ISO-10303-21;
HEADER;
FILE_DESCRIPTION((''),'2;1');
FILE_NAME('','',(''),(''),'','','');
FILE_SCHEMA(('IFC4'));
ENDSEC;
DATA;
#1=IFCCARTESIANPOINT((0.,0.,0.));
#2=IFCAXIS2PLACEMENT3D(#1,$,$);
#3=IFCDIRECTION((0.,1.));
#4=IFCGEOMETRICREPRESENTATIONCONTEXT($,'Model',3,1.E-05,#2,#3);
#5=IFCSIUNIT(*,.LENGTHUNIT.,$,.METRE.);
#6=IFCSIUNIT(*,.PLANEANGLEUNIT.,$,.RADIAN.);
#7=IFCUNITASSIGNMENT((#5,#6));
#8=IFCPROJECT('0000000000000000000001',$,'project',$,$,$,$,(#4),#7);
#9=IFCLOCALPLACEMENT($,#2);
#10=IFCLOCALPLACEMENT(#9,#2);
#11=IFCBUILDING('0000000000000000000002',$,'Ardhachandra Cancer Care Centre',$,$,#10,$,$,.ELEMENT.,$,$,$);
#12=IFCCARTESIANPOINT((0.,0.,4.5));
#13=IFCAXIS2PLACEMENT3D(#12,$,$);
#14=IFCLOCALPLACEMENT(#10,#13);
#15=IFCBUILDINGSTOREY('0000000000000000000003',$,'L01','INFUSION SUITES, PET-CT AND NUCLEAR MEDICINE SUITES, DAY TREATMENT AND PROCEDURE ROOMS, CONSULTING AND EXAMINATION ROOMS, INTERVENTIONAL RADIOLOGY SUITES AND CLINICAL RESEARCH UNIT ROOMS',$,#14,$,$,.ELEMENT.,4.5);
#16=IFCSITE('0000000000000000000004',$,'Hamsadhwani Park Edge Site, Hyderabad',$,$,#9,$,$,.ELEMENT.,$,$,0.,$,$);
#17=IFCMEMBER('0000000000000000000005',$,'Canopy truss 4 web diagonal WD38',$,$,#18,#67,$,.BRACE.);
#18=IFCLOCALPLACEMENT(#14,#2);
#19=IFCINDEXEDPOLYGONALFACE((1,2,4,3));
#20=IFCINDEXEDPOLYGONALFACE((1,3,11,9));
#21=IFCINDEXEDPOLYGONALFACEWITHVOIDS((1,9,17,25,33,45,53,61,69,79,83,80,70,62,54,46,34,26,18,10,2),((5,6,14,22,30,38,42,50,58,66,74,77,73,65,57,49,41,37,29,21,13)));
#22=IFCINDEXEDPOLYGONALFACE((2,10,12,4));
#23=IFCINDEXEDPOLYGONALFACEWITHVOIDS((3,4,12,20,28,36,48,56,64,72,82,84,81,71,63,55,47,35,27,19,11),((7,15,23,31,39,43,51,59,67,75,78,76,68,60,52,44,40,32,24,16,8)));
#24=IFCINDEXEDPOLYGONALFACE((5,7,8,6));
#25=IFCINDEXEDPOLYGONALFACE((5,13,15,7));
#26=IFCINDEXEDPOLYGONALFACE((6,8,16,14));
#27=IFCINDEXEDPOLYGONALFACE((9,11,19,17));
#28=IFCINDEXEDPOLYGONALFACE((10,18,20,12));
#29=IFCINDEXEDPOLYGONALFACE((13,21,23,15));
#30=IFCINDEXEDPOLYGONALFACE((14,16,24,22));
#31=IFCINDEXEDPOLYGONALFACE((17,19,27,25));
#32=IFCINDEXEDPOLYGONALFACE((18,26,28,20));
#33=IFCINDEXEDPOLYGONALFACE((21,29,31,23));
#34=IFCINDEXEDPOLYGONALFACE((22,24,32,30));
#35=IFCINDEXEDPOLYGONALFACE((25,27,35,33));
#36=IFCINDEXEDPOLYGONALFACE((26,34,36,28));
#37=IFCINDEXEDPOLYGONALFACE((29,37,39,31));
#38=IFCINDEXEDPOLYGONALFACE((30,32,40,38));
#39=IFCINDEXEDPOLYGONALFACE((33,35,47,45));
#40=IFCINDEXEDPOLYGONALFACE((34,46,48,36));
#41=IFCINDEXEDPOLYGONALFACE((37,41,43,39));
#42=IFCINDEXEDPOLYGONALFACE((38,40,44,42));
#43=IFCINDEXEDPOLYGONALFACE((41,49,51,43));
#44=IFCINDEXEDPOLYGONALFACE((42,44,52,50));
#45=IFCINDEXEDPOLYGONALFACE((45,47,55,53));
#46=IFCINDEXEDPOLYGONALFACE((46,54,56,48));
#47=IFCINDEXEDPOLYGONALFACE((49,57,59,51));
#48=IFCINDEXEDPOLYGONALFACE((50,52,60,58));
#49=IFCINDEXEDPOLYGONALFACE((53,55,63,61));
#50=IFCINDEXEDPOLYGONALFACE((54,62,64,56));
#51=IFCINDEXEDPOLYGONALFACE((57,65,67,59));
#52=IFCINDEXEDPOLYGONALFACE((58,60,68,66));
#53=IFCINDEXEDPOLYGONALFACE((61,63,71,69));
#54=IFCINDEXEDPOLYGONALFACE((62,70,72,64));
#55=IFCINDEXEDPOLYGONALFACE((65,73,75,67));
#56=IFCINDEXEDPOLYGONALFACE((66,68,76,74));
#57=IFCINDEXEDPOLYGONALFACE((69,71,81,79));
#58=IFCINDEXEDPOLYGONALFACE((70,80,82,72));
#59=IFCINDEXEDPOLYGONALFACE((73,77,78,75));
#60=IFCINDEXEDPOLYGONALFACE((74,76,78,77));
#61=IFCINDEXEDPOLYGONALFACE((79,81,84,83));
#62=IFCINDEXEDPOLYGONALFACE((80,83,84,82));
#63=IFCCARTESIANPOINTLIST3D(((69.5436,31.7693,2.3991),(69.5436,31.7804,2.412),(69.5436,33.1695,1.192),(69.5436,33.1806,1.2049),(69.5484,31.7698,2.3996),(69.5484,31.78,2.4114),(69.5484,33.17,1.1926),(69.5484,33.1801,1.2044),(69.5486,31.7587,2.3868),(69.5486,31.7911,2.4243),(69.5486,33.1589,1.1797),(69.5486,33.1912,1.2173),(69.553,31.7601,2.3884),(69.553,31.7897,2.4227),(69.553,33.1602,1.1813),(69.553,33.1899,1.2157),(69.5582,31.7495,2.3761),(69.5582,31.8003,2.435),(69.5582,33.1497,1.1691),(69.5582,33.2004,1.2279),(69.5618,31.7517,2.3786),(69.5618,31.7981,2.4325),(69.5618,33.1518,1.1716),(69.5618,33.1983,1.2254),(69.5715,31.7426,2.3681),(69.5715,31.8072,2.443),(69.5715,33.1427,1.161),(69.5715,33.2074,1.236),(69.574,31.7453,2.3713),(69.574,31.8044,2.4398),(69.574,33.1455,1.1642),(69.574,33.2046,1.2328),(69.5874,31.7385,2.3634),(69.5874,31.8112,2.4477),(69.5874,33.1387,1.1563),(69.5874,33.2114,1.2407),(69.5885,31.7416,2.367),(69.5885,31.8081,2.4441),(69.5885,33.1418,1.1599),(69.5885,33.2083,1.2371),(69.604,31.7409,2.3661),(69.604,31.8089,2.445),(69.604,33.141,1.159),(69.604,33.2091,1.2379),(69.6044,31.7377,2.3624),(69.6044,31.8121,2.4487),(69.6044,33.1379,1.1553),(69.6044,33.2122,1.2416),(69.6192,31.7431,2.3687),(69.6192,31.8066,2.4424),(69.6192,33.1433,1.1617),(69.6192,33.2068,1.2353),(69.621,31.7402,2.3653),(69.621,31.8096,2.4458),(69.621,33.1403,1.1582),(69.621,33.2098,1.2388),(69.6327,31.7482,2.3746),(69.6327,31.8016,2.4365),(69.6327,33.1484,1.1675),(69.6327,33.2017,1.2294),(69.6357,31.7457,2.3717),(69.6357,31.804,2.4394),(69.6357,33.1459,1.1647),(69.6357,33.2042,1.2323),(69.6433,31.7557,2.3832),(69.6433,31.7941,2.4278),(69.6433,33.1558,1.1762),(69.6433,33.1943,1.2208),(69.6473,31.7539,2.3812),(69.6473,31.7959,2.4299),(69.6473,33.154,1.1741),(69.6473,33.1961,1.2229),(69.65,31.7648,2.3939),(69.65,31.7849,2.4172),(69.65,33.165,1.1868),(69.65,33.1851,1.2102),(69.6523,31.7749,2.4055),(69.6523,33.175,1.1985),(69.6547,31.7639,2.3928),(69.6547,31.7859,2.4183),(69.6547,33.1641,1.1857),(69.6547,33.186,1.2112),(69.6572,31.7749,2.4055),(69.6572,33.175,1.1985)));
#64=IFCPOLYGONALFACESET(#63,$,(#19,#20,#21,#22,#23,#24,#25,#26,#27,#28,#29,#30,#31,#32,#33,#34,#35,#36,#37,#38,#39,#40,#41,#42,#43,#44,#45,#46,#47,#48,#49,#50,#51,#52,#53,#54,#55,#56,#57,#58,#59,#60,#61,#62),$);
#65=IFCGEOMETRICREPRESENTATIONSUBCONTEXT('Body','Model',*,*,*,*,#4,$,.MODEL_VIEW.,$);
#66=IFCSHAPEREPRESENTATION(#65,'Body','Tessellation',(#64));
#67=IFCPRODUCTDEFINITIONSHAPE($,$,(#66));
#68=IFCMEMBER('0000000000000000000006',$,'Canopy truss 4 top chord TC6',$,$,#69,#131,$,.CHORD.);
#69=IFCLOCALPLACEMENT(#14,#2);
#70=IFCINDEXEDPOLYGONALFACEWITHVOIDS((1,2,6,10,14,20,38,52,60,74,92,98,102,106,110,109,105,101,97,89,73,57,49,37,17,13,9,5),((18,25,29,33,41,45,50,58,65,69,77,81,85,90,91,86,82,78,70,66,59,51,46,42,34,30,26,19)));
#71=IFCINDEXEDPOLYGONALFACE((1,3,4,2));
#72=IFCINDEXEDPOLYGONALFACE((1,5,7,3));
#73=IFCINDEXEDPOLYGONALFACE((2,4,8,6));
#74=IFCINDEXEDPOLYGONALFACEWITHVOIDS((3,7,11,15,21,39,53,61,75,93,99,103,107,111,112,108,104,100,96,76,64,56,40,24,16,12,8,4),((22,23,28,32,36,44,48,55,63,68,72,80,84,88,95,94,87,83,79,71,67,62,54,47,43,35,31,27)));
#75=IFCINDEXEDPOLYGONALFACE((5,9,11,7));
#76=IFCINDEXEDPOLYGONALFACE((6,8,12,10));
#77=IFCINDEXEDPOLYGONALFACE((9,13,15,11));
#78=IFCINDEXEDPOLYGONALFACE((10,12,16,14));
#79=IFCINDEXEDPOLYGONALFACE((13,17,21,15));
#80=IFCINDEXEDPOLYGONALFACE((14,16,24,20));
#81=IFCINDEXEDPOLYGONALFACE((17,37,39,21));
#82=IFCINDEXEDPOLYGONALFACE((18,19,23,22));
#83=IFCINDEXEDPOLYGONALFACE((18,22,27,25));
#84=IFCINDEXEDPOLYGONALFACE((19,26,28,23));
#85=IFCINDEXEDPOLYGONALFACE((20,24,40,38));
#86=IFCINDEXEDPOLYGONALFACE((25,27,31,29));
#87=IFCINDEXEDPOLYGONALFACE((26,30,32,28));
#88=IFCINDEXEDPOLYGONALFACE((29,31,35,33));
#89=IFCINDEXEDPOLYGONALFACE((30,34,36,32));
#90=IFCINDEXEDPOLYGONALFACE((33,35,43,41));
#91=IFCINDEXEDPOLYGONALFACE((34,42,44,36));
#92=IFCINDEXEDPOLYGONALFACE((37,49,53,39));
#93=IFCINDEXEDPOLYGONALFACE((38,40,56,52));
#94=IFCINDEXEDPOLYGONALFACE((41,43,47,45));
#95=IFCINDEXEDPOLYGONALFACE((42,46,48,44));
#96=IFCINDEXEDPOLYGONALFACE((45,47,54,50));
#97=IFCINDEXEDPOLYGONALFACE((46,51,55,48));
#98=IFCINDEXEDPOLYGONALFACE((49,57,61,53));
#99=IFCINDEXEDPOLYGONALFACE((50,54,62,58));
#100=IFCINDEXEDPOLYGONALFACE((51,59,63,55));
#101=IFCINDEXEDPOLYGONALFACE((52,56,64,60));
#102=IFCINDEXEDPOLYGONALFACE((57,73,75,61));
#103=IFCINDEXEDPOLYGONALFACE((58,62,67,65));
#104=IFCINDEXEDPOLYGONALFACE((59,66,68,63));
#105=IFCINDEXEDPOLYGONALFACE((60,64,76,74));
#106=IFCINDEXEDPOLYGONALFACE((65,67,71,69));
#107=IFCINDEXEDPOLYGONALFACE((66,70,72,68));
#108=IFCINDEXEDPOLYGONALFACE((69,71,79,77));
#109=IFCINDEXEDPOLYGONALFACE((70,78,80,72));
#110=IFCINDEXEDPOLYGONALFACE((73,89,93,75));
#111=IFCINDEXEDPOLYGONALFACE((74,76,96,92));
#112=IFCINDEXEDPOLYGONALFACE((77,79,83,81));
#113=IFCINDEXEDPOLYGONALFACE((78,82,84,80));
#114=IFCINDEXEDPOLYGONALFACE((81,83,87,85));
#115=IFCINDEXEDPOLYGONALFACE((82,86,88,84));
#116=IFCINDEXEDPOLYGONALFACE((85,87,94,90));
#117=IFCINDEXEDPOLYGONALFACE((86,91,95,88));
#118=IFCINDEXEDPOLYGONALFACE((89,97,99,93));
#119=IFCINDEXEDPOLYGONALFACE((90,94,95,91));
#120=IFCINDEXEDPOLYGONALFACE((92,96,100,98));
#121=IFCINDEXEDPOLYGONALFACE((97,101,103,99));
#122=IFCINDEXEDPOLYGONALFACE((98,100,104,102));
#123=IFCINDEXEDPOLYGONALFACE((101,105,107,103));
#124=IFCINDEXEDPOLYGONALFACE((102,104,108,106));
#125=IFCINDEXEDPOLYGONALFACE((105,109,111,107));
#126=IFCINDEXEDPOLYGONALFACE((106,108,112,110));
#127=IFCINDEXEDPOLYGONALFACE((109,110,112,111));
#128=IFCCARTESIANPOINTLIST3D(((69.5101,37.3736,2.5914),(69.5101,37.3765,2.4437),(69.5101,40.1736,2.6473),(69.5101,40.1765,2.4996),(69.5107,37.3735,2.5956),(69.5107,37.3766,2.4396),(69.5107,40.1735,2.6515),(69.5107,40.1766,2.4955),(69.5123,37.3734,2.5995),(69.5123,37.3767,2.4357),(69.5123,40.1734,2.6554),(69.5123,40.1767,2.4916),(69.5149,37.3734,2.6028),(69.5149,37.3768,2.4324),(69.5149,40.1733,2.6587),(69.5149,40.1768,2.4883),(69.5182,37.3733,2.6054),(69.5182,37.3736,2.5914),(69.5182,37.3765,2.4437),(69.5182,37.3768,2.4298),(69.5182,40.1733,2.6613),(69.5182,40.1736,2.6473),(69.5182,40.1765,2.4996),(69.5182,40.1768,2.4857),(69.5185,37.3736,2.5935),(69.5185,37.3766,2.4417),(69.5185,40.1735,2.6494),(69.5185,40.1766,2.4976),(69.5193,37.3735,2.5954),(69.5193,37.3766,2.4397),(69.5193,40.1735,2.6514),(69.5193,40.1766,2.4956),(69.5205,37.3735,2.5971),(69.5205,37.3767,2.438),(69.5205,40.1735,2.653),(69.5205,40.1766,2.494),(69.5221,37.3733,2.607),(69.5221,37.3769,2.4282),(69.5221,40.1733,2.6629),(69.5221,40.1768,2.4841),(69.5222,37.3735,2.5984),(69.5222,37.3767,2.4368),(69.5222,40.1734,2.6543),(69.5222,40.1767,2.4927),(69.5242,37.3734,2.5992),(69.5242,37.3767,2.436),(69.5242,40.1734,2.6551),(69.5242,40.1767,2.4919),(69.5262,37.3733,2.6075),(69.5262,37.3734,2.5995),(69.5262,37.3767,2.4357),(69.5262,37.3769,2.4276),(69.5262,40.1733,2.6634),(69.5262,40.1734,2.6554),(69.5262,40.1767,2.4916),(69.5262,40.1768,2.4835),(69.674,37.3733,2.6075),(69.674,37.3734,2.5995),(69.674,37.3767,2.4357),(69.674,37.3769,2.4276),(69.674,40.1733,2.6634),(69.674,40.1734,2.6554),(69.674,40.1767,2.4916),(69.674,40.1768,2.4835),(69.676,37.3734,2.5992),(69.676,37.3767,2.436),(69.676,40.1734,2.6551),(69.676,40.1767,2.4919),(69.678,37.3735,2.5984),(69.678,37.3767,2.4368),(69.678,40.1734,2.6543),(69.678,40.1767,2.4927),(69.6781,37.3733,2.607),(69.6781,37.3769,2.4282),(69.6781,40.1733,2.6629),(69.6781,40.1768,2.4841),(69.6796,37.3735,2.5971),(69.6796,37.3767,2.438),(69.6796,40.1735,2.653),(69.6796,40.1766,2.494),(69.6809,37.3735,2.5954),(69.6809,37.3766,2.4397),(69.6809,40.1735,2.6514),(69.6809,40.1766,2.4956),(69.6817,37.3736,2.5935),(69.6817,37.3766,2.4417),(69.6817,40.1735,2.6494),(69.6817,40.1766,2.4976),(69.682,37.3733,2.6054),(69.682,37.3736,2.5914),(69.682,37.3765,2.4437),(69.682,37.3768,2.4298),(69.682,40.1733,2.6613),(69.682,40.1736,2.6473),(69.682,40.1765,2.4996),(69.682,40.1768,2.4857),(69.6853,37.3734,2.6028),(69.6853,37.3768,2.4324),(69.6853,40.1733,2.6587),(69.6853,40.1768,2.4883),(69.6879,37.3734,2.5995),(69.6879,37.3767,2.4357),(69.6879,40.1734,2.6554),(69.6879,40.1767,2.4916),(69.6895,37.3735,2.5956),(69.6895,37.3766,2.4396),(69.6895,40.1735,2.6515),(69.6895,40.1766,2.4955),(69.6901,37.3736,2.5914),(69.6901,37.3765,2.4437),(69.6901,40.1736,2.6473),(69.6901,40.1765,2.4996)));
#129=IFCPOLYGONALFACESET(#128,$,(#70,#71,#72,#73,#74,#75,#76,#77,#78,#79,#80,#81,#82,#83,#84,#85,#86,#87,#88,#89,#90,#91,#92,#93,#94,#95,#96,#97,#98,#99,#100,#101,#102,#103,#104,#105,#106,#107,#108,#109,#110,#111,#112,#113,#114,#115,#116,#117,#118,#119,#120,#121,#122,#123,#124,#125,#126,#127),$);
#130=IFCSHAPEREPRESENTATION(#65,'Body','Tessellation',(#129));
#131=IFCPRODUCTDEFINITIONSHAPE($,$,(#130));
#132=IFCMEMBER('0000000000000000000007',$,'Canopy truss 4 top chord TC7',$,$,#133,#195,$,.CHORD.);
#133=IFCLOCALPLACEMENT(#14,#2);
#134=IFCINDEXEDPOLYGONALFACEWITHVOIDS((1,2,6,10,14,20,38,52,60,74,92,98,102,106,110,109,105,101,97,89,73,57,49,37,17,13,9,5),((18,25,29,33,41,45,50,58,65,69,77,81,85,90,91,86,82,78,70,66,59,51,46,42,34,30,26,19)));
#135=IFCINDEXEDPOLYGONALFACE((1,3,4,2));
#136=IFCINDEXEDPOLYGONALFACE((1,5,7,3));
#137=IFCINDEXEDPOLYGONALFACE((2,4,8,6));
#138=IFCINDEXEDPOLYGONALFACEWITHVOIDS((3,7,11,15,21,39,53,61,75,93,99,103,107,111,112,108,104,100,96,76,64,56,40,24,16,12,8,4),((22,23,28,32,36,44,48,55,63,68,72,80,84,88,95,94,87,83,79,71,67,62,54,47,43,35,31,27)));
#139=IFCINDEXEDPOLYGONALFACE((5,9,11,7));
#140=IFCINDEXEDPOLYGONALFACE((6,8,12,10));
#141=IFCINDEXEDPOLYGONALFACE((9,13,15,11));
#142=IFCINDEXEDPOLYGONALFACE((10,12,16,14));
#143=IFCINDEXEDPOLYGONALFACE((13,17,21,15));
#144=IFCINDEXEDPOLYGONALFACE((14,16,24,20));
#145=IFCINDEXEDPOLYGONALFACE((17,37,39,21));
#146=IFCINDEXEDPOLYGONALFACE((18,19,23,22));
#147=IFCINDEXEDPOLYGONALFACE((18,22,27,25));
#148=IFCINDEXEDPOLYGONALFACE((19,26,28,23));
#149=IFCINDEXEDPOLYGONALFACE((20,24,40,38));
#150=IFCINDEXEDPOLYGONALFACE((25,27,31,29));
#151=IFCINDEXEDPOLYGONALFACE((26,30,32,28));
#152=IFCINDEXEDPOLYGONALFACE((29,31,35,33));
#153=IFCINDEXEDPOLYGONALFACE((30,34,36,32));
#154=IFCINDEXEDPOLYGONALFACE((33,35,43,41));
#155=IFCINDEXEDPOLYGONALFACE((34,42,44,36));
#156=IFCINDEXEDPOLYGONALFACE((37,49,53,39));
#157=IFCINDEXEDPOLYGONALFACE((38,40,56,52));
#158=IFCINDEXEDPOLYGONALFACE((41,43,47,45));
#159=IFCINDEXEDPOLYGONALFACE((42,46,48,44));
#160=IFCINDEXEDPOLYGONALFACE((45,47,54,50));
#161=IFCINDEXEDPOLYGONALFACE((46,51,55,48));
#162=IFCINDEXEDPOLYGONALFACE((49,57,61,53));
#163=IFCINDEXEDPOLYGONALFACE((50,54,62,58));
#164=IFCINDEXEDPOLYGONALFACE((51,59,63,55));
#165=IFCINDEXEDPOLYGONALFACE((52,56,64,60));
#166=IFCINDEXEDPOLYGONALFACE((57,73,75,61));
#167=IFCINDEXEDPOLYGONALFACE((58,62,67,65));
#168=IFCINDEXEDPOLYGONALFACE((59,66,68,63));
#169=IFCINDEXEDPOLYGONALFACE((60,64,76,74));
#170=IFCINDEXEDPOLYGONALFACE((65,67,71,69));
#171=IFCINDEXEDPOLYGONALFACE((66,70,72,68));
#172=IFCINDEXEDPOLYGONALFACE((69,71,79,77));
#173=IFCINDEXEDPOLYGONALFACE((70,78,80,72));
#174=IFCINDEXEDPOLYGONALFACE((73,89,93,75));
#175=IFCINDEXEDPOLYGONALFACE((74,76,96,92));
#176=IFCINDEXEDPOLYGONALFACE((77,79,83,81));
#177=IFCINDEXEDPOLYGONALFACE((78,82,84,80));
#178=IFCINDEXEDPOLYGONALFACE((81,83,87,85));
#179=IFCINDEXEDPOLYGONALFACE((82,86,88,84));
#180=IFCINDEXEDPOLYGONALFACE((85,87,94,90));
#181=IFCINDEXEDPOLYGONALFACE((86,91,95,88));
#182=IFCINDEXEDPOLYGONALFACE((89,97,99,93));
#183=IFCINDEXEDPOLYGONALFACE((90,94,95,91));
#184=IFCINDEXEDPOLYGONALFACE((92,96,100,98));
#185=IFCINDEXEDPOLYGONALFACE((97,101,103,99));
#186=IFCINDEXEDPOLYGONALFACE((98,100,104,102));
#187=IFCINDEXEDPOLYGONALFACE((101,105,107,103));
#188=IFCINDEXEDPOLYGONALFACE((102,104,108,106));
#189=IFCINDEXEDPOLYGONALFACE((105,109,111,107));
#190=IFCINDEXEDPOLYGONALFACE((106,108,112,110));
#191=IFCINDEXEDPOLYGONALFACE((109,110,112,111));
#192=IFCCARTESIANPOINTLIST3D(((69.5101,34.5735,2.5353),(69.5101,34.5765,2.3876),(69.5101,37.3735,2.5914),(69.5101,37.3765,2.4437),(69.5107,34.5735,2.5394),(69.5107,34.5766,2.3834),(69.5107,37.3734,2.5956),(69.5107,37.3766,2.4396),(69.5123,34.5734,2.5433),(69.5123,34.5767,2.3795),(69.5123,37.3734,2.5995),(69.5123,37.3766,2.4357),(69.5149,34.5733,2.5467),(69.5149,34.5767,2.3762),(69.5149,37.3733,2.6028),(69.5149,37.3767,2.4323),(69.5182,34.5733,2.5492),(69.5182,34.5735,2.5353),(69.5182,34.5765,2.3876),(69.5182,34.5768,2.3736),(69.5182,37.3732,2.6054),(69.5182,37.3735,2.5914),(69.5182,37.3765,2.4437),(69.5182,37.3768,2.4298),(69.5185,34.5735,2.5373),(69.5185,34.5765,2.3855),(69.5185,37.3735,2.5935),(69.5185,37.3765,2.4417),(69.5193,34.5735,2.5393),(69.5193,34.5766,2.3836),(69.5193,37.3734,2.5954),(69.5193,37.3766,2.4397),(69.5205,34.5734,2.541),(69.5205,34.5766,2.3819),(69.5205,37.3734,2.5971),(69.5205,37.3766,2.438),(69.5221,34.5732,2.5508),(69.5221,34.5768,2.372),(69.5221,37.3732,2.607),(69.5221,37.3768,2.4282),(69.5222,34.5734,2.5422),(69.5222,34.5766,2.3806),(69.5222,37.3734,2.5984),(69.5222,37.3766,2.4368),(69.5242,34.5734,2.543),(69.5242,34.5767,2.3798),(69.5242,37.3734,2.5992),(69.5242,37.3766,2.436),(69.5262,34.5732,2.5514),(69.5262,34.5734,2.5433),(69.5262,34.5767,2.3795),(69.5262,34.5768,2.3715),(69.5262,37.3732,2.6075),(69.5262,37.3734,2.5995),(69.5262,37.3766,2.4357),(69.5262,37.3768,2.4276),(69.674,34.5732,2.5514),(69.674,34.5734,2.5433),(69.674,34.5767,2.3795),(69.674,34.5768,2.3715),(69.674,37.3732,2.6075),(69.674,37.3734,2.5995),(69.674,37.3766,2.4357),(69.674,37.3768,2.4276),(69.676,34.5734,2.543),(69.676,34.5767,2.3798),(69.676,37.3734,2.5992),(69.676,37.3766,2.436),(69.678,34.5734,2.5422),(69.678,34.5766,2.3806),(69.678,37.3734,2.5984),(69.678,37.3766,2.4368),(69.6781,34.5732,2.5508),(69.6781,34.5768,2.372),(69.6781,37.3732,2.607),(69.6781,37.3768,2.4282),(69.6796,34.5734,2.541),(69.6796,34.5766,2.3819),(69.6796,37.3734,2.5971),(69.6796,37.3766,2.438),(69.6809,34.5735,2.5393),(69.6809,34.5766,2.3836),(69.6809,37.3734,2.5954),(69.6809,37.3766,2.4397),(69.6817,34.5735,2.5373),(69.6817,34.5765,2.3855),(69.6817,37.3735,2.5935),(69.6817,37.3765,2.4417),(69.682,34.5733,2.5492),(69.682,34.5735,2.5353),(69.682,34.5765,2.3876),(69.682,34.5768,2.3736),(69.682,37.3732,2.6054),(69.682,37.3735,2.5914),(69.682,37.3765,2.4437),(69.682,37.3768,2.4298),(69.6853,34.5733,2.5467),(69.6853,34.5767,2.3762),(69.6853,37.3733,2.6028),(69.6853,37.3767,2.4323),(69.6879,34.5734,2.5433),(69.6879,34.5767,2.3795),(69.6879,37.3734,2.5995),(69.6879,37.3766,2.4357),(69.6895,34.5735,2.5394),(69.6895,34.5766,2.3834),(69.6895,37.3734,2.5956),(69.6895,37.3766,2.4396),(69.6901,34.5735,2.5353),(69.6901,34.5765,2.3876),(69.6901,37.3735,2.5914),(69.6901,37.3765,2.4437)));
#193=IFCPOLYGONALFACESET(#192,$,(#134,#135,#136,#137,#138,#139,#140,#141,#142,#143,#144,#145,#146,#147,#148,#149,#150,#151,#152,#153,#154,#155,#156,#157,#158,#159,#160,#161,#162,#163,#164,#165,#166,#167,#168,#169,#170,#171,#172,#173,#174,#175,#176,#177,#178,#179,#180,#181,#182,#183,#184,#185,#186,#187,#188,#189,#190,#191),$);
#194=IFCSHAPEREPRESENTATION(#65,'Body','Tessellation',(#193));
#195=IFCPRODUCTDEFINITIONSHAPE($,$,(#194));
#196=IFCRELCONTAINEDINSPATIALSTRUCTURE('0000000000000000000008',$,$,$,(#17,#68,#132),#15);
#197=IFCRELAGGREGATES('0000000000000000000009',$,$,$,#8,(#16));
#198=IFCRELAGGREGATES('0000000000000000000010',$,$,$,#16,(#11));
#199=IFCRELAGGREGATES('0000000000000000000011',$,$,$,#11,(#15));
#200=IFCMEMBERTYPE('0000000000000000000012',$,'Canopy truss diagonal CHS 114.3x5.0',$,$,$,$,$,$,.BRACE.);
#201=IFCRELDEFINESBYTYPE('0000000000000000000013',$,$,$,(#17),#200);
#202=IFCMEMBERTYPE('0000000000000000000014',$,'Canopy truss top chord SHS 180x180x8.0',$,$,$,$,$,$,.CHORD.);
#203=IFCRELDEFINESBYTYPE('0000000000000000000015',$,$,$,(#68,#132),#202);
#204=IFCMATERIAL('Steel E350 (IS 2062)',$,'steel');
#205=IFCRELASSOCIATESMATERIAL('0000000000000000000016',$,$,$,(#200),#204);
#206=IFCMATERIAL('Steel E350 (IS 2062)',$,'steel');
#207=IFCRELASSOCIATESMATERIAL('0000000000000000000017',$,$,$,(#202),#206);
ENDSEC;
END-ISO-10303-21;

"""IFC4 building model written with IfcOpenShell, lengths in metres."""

from ifc_helpers import new_model, si_unit, direction, frame, origin, origin_2d, place, context, subcontext, project, spatial, hollow_rectangle, hollow_circle, extrude, material, material_profile, profile_set, type_object, element, save


model = new_model("IFC4")

# Units and contexts
model_context = context("Model", 3, precision=1e-05, world=origin(), true_north=direction((0.0, 1.0)))
body_context = subcontext(model_context, "Body", "Model", "MODEL_VIEW")
ifc_project = project(units=[si_unit("LENGTHUNIT", "METRE"), si_unit("PLANEANGLEUNIT", "RADIAN")], contexts=[model_context])

# Site, building, storey
site_placement = place(None, origin())
site = spatial("IfcSite", under=ifc_project, at=site_placement, Name="Hamsadhwani Park Edge Site, Hyderabad", CompositionType="ELEMENT", RefElevation=0.0)
building_placement = place(site_placement, origin())
building = spatial("IfcBuilding", under=site, at=building_placement, Name="Ardhachandra Cancer Care Centre", CompositionType="ELEMENT")
storey_placement = place(building_placement, frame((0.0, 0.0, 4.5)))
storey = spatial("IfcBuildingStorey", under=building, at=storey_placement, Name="L01", Description="INFUSION SUITES, PET-CT AND NUCLEAR MEDICINE SUITES, DAY TREATMENT AND PROCEDURE ROOMS, CONSULTING AND EXAMINATION ROOMS, INTERVENTIONAL RADIOLOGY SUITES AND CLINICAL RESEARCH UNIT ROOMS", CompositionType="ELEMENT", Elevation=4.5)

# Members
ifc_material_1 = material(Name="Steel E350 (IS 2062)", Category="steel")
ifc_material_profile_1 = material_profile(ifc_material_1, hollow_circle(Radius=0.0571, WallThickness=0.0049, at=origin_2d()), Name="CHS 114.3x5.0")
ifc_profile_set_1 = profile_set([ifc_material_profile_1], Name="Steel E350 (IS 2062)")
member_type_1 = type_object("IfcMemberType", Name="Canopy truss diagonal CHS 114.3x5.0", PredefinedType="BRACE", material=ifc_profile_set_1)
member_1_placement = place(storey_placement, frame((69.6001, 33.175, 1.1985), z_axis=(0.0, -0.757408, 0.652942), x_axis=(1.0, 0.0, 0.0)))
element("IfcMember", 1, at=member_1_placement, inside=storey, type_object=member_type_1, Name="Canopy truss 4 web diagonal WD38", PredefinedType="BRACE", context=body_context, shape_type="SweptSolid", body=[
    extrude(hollow_circle(Radius=0.0571, WallThickness=0.0049, at=origin_2d()), origin(), (0.0, 0.0, 1.0), 1.8486),
])
ifc_material_2 = material(Name="Steel E350 (IS 2062)", Category="steel")
ifc_material_profile_2 = material_profile(ifc_material_2, hollow_rectangle(XDim=0.1799, YDim=0.1799, WallThickness=0.0081, InnerFilletRadius=0.0081, OuterFilletRadius=0.0161, at=origin_2d()), Name="SHS 180x180x8.0")
ifc_profile_set_2 = profile_set([ifc_material_profile_2], Name="Steel E350 (IS 2062)")
member_type_2 = type_object("IfcMemberType", Name="Canopy truss top chord SHS 180x180x8.0", PredefinedType="CHORD", material=ifc_profile_set_2)
for number, where, z_axis, x_axis, name in (
    (2, (69.6001, 40.175, 2.5735), (0.0, -0.999801, -0.019963), (1.0, 0.0, 0.0), "Canopy truss 4 top chord TC6"),
    (3, (69.6001, 37.375, 2.5176), (0.0, -0.999799, -0.02005), (1.0, 0.0, 0.0), "Canopy truss 4 top chord TC7"),
):
    element("IfcMember", number, at=place(storey_placement, frame(where, z_axis=z_axis, x_axis=x_axis)), inside=storey, type_object=member_type_2, Name=name, PredefinedType="CHORD", context=body_context, shape_type="SweptSolid", body=[
        extrude(hollow_rectangle(XDim=0.1799, YDim=0.1799, WallThickness=0.0081, InnerFilletRadius=0.0081, OuterFilletRadius=0.0161, at=origin_2d()), origin(), (0.0, 0.0, 1.0), 2.8005),
    ])

save(model, "model.ifc")
